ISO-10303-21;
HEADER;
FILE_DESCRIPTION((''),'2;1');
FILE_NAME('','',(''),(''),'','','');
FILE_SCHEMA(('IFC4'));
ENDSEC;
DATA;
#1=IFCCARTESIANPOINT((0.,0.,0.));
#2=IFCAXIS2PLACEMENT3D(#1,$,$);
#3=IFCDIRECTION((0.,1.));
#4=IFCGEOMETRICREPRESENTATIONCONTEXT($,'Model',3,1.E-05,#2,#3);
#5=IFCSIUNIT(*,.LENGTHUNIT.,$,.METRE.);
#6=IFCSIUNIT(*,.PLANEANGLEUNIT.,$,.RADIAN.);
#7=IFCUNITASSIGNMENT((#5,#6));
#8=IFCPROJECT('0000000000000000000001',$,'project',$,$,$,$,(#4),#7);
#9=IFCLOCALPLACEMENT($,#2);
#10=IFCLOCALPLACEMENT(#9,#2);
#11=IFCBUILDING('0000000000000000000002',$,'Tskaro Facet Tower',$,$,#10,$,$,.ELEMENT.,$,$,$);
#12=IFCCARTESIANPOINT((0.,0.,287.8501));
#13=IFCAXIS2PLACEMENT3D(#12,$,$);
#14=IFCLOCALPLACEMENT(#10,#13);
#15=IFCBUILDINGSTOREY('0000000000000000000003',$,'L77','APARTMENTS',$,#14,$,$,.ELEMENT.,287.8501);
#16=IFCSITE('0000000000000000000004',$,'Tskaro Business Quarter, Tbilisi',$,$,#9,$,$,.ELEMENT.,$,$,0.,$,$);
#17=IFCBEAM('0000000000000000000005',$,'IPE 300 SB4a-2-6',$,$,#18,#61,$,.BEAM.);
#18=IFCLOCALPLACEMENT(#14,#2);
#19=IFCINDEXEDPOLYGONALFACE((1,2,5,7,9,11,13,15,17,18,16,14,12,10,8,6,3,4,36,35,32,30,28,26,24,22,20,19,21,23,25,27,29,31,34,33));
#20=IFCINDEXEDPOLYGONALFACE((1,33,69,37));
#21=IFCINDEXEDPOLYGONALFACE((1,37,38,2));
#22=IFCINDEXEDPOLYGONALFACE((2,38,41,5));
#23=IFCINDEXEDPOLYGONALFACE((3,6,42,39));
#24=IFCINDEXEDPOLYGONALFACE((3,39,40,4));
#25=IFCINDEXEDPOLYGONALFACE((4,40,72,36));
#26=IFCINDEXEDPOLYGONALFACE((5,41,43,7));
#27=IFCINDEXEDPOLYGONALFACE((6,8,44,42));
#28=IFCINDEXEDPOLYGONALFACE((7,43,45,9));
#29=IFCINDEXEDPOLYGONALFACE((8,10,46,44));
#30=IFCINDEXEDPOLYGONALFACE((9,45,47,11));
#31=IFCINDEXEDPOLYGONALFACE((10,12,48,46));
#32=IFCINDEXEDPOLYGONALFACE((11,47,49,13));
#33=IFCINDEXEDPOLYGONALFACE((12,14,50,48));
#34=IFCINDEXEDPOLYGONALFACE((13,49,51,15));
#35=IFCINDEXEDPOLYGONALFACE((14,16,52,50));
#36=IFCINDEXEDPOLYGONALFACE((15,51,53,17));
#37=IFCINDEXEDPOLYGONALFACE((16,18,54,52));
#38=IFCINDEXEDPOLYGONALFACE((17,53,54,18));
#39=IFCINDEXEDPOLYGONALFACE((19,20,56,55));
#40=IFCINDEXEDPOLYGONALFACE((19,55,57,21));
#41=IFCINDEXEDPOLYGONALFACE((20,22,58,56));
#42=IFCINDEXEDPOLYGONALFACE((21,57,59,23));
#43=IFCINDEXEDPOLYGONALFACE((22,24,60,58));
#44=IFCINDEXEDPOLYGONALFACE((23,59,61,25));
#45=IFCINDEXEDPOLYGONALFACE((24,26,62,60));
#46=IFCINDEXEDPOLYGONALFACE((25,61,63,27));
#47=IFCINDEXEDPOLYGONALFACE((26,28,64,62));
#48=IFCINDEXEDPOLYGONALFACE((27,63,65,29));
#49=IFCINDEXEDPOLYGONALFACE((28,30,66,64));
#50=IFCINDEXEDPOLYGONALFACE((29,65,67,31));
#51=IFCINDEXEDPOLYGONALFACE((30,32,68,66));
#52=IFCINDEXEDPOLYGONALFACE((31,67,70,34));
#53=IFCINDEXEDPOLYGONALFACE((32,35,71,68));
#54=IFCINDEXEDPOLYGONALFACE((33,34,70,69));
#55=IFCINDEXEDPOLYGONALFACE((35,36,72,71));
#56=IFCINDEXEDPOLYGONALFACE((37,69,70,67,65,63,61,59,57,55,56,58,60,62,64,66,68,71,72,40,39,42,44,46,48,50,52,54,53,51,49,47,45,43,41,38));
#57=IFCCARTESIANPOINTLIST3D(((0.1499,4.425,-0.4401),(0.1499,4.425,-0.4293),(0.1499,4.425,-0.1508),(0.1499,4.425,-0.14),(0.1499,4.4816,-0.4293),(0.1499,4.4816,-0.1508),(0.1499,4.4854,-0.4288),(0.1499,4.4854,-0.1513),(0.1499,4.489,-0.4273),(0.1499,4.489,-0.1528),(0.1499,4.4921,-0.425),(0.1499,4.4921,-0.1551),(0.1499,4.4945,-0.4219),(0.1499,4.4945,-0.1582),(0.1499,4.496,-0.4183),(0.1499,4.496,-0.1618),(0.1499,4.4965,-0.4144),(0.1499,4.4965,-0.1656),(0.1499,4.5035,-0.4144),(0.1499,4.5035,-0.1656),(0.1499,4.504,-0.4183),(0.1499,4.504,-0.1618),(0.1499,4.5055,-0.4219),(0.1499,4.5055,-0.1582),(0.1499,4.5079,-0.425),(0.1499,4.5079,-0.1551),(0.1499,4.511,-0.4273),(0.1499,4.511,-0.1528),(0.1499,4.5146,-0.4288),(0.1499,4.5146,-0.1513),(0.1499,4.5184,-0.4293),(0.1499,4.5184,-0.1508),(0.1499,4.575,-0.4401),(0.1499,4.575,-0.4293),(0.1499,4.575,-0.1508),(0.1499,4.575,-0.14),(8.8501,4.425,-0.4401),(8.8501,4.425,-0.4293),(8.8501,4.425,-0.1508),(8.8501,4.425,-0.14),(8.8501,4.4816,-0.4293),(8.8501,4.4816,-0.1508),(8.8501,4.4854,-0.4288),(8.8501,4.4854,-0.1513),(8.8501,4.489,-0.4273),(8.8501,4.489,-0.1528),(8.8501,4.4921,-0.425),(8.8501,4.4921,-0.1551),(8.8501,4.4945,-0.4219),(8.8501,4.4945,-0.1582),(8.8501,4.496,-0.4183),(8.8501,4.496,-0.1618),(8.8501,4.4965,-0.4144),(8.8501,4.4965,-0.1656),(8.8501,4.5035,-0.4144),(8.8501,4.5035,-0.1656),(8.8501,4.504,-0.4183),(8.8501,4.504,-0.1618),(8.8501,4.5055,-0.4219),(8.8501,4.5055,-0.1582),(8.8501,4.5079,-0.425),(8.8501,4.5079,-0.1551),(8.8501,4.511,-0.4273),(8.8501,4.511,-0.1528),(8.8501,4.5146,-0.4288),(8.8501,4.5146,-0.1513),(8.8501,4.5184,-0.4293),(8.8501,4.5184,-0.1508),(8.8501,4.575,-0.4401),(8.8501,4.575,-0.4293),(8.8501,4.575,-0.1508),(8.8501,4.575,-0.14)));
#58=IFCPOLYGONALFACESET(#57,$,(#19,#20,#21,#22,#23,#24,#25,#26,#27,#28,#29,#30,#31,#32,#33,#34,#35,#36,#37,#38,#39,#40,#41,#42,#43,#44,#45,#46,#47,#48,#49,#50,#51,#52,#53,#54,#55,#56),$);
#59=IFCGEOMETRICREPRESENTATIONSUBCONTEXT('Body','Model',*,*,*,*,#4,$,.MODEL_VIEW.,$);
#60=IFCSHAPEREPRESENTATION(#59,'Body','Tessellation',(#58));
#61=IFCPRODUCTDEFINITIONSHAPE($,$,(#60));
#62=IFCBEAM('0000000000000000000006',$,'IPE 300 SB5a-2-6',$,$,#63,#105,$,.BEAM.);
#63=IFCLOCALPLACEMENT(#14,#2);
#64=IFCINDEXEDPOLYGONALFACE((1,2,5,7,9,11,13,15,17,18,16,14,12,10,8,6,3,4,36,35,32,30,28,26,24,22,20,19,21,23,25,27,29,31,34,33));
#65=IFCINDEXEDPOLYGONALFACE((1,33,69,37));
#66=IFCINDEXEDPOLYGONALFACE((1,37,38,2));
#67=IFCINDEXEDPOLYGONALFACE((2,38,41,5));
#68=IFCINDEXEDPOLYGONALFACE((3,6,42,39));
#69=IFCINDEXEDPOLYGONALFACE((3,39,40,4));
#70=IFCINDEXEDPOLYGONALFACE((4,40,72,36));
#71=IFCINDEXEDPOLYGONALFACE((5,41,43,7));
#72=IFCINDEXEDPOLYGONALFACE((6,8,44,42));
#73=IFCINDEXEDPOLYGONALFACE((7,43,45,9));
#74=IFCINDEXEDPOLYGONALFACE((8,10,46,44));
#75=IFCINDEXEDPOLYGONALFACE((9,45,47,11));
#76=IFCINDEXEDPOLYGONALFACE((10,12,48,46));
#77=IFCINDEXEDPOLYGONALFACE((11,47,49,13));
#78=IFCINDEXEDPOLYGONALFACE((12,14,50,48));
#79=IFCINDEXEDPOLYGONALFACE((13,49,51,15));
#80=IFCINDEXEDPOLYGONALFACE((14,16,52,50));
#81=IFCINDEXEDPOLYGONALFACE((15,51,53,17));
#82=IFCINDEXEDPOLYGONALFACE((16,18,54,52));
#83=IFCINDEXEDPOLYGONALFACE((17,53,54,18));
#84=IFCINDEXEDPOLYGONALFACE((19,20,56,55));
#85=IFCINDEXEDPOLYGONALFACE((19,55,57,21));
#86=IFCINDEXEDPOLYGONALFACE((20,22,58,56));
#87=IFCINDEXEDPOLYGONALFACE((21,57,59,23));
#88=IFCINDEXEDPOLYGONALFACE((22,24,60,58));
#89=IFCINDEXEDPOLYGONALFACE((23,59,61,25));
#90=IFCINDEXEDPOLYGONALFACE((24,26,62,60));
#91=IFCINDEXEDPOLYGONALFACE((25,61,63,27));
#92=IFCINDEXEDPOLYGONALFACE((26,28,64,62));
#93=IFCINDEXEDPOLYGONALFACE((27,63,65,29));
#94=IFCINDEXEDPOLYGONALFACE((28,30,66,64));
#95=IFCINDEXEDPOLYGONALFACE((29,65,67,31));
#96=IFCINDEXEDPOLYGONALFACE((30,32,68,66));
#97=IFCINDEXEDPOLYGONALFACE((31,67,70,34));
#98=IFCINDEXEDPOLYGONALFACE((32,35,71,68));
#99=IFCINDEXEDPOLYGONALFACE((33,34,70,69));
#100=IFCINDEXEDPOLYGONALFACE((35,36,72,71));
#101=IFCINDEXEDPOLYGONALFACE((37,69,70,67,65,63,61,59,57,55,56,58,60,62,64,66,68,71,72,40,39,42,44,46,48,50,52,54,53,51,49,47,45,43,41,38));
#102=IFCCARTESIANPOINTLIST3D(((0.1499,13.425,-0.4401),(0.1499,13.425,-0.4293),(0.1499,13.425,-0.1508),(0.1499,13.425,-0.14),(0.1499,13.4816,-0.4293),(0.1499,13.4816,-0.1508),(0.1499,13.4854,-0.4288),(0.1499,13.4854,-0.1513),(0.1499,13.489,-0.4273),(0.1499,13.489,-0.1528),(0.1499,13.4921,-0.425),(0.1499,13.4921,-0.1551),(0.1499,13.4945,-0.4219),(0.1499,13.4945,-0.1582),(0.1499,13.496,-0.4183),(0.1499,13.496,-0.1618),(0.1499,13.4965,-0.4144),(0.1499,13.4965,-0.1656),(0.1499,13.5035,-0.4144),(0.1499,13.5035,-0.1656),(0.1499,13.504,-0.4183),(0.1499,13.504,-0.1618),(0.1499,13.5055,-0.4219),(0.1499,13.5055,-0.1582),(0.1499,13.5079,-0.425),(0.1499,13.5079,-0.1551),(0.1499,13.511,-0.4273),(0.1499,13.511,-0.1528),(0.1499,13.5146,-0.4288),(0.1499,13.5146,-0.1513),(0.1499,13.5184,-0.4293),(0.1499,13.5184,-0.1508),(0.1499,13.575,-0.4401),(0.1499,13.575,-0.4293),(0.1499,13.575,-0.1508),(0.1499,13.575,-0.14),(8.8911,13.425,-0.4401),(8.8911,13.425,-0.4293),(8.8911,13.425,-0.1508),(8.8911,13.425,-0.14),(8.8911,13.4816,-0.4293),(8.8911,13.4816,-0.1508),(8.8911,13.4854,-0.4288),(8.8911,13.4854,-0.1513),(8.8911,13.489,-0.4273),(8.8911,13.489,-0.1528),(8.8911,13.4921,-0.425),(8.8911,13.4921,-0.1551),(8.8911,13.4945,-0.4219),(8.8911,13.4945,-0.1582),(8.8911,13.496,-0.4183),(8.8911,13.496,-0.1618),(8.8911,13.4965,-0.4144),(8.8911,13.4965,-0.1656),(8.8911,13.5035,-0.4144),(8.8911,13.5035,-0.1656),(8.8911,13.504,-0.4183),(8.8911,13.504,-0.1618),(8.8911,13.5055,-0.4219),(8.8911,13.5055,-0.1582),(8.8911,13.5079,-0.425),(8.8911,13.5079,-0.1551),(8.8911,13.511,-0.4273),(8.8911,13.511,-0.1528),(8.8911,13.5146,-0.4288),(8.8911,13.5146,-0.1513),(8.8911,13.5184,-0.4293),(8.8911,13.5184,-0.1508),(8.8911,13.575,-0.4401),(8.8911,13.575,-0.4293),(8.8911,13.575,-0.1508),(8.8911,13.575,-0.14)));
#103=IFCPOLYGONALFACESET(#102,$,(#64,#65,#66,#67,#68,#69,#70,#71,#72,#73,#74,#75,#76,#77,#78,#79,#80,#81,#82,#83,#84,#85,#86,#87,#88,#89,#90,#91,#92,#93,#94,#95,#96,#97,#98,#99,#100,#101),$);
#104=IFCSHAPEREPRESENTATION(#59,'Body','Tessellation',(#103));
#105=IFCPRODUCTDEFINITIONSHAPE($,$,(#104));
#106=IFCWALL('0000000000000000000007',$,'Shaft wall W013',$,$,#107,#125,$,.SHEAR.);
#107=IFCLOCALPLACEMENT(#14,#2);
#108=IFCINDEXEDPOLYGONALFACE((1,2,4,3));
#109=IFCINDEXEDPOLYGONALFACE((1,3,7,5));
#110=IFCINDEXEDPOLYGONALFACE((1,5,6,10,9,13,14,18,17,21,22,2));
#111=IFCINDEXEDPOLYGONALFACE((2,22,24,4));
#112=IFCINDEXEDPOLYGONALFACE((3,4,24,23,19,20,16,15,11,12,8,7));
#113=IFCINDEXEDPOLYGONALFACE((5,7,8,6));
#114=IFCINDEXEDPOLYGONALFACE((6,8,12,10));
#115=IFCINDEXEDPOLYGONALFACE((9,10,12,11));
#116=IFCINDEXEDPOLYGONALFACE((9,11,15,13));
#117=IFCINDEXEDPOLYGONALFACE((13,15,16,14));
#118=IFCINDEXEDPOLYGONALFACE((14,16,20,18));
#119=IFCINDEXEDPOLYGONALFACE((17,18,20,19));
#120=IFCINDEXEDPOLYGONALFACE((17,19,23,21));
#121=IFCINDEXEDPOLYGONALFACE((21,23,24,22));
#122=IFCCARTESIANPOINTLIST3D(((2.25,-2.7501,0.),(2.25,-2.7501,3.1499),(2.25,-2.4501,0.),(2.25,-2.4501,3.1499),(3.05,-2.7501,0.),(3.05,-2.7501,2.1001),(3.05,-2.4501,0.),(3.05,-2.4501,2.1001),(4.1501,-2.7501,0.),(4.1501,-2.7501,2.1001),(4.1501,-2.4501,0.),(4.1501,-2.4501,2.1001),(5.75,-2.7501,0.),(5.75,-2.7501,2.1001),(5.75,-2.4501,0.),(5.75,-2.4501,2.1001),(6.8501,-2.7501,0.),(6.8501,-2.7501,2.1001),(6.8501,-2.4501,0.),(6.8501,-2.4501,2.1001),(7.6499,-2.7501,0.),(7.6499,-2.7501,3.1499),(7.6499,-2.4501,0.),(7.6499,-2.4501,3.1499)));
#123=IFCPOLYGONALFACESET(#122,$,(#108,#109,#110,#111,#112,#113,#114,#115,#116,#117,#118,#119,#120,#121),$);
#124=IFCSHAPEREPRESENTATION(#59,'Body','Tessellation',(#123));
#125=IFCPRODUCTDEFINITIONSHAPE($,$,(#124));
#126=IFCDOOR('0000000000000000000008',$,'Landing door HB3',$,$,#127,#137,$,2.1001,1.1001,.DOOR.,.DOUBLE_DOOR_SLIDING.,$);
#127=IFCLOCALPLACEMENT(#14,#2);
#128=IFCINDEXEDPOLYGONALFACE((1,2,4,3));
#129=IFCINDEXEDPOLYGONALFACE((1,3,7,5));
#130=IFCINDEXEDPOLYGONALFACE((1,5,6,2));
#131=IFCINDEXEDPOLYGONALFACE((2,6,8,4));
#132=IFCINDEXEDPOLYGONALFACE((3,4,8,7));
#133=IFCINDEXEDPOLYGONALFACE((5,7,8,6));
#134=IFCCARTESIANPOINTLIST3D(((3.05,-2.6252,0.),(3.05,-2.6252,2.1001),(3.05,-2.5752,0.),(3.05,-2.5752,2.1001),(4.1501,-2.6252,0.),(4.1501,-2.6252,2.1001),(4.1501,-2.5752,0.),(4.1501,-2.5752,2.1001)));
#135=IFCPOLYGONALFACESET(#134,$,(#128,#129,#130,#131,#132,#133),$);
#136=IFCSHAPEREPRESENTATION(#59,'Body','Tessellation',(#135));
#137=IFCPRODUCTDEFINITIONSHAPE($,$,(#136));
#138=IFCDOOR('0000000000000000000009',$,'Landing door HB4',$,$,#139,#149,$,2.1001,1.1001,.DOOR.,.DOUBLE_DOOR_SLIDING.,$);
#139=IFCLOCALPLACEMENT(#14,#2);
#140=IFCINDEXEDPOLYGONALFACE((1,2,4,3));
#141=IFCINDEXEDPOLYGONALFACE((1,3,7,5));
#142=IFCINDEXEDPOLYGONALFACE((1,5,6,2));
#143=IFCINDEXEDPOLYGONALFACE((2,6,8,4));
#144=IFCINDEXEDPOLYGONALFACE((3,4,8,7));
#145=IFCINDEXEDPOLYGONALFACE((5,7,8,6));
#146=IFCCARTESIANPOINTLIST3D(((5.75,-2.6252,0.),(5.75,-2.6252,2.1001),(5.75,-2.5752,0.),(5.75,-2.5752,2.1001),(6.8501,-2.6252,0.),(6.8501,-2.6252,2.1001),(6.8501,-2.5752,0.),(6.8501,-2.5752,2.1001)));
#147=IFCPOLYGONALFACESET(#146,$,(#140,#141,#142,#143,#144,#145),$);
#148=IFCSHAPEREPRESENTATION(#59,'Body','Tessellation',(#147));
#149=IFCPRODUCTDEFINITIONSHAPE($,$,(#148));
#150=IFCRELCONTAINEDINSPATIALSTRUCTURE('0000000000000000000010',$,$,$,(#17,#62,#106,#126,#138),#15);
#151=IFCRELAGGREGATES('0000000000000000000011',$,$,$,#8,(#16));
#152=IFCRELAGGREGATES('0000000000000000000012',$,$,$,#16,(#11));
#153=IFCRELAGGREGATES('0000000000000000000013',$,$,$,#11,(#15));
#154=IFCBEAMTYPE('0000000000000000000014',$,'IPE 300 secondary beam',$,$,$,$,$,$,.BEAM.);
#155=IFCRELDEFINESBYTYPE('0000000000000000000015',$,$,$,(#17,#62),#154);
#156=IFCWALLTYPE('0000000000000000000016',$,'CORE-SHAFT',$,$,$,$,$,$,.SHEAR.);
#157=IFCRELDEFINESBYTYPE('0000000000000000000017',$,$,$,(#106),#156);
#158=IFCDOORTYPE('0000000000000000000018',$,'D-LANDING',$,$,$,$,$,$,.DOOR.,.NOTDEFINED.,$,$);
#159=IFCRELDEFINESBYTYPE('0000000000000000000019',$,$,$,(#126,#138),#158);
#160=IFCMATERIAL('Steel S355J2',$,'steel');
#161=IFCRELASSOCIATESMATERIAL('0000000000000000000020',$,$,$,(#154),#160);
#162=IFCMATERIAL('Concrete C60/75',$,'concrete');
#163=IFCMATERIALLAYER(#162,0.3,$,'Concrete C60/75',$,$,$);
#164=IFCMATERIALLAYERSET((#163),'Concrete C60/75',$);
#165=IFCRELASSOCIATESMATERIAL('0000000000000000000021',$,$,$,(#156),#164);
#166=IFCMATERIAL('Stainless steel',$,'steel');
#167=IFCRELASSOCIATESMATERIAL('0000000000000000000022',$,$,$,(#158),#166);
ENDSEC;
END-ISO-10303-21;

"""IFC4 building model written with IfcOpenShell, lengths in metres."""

from ifc_helpers import new_model, si_unit, direction, frame, frame_2d, origin, origin_2d, place, context, subcontext, project, spatial, rectangle, i_section, extrude, material, layer, layer_set, material_profile, profile_set, type_object, element, fill, save


model = new_model("IFC4")

# Units and contexts
model_context = context("Model", 3, precision=1e-05, world=origin(), true_north=direction((0.0, 1.0)))
body_context = subcontext(model_context, "Body", "Model", "MODEL_VIEW")
ifc_project = project(units=[si_unit("LENGTHUNIT", "METRE"), si_unit("PLANEANGLEUNIT", "RADIAN")], contexts=[model_context])

# Site, building, storey
site_placement = place(None, origin())
site = spatial("IfcSite", under=ifc_project, at=site_placement, Name="Tskaro Business Quarter, Tbilisi", CompositionType="ELEMENT", RefElevation=0.0)
building_placement = place(site_placement, origin())
building = spatial("IfcBuilding", under=site, at=building_placement, Name="Tskaro Facet Tower", CompositionType="ELEMENT")
storey_placement = place(building_placement, frame((0.0, 0.0, 287.8501)))
storey = spatial("IfcBuildingStorey", under=building, at=storey_placement, Name="L77", Description="APARTMENTS", CompositionType="ELEMENT", Elevation=287.8501)

# Beams
ifc_material_1 = material(Name="Steel S355J2", Category="steel")
ifc_material_profile_1 = material_profile(ifc_material_1, i_section(OverallWidth=0.1499, OverallDepth=0.3, WebThickness=0.0071, FlangeThickness=0.0107, FilletRadius=0.0149, at=origin_2d()), Name="IPE 300")
ifc_profile_set_1 = profile_set([ifc_material_profile_1], Name="Steel S355J2")
beam_type_1 = type_object("IfcBeamType", Name="IPE 300 secondary beam", PredefinedType="BEAM", material=ifc_profile_set_1)
beam_1_placement = place(storey_placement, frame((0.1499, 4.5, -0.29), z_axis=(1.0, 0.0, 0.0), x_axis=(0.0, 1.0, 0.0)))
element("IfcBeam", 1, at=beam_1_placement, inside=storey, type_object=beam_type_1, Name="IPE 300 SB4a-2-6", PredefinedType="BEAM", context=body_context, shape_type="SweptSolid", body=[
    extrude(i_section(OverallWidth=0.1499, OverallDepth=0.3, WebThickness=0.0071, FlangeThickness=0.0107, FilletRadius=0.0149, at=origin_2d()), origin(), (0.0, 0.0, 1.0), 8.7002),
])
beam_2_placement = place(storey_placement, frame((0.1499, 13.5, -0.29), z_axis=(1.0, 0.0, 0.0), x_axis=(0.0, 1.0, 0.0)))
element("IfcBeam", 2, at=beam_2_placement, inside=storey, type_object=beam_type_1, Name="IPE 300 SB5a-2-6", PredefinedType="BEAM", context=body_context, shape_type="SweptSolid", body=[
    extrude(i_section(OverallWidth=0.1499, OverallDepth=0.3, WebThickness=0.0071, FlangeThickness=0.0107, FilletRadius=0.0149, at=origin_2d()), origin(), (0.0, 0.0, 1.0), 8.7412),
])

# Wall, openings, doors
ifc_material_2 = material(Name="Concrete C60/75", Category="concrete")
ifc_layer_1 = layer(ifc_material_2, 0.3, Name="Concrete C60/75")
ifc_layer_set_1 = layer_set([ifc_layer_1], Name="Concrete C60/75")
wall_type_1 = type_object("IfcWallType", Name="CORE-SHAFT", PredefinedType="SHEAR", material=ifc_layer_set_1)
wall_1_placement = place(storey_placement, frame((2.25, -2.6001, 0.0), z_axis=(0.0, 0.0, 1.0), x_axis=(1.0, 0.0, 0.0)))
wall_1 = element("IfcWall", 3, at=wall_1_placement, inside=storey, type_object=wall_type_1, Name="Shaft wall W013", PredefinedType="SHEAR", context=body_context, shape_type="SweptSolid", body=[
    extrude(rectangle(XDim=5.3999, YDim=0.3, at=frame_2d((2.7, 0.0))), origin(), (0.0, 0.0, 1.0), 3.1499),
])
opening_1_placement = place(wall_1_placement, frame((0.8, 0.0, 0.0)))
opening_1 = element("IfcOpeningElement", 4, at=opening_1_placement, cuts=wall_1, PredefinedType="OPENING", context=body_context, shape_type="SweptSolid", body=[
    extrude(rectangle(XDim=1.1001, YDim=2.1001, at=frame_2d((0.55, 1.05))), frame((0.0, 0.1599, 0.0), z_axis=(0.0, -1.0, 0.0), x_axis=(1.0, 0.0, 0.0)), (0.0, 0.0, 1.0), 0.3201),
])
opening_2_placement = place(wall_1_placement, frame((3.5, 0.0, 0.0)))
opening_2 = element("IfcOpeningElement", 5, at=opening_2_placement, cuts=wall_1, PredefinedType="OPENING", context=body_context, shape_type="SweptSolid", body=[
    extrude(rectangle(XDim=1.1001, YDim=2.1001, at=frame_2d((0.55, 1.05))), frame((0.0, 0.1599, 0.0), z_axis=(0.0, -1.0, 0.0), x_axis=(1.0, 0.0, 0.0)), (0.0, 0.0, 1.0), 0.3201),
])
ifc_material_3 = material(Name="Stainless steel", Category="steel")
door_type_1 = type_object("IfcDoorType", Name="D-LANDING", OperationType="NOTDEFINED", PredefinedType="DOOR", material=ifc_material_3)
door_1_placement = place(opening_1_placement, origin())
door_1 = element("IfcDoor", 6, at=door_1_placement, inside=storey, type_object=door_type_1, Name="Landing door HB3", OperationType="DOUBLE_DOOR_SLIDING", OverallHeight=2.1001, OverallWidth=1.1001, PredefinedType="DOOR", context=body_context, shape_type="SweptSolid", body=[
    extrude(rectangle(XDim=1.1001, YDim=2.1001, at=frame_2d((0.55, 1.05))), frame((0.0, 0.0249, 0.0), z_axis=(0.0, -1.0, 0.0), x_axis=(1.0, 0.0, 0.0)), (0.0, 0.0, 1.0), 0.05),
])
fill(opening_1, door_1)
door_2_placement = place(opening_2_placement, origin())
door_2 = element("IfcDoor", 7, at=door_2_placement, inside=storey, type_object=door_type_1, Name="Landing door HB4", OperationType="DOUBLE_DOOR_SLIDING", OverallHeight=2.1001, OverallWidth=1.1001, PredefinedType="DOOR", context=body_context, shape_type="SweptSolid", body=[
    extrude(rectangle(XDim=1.1001, YDim=2.1001, at=frame_2d((0.55, 1.05))), frame((0.0, 0.0249, 0.0), z_axis=(0.0, -1.0, 0.0), x_axis=(1.0, 0.0, 0.0)), (0.0, 0.0, 1.0), 0.05),
])
fill(opening_2, door_2)

save(model, "model.ifc")
